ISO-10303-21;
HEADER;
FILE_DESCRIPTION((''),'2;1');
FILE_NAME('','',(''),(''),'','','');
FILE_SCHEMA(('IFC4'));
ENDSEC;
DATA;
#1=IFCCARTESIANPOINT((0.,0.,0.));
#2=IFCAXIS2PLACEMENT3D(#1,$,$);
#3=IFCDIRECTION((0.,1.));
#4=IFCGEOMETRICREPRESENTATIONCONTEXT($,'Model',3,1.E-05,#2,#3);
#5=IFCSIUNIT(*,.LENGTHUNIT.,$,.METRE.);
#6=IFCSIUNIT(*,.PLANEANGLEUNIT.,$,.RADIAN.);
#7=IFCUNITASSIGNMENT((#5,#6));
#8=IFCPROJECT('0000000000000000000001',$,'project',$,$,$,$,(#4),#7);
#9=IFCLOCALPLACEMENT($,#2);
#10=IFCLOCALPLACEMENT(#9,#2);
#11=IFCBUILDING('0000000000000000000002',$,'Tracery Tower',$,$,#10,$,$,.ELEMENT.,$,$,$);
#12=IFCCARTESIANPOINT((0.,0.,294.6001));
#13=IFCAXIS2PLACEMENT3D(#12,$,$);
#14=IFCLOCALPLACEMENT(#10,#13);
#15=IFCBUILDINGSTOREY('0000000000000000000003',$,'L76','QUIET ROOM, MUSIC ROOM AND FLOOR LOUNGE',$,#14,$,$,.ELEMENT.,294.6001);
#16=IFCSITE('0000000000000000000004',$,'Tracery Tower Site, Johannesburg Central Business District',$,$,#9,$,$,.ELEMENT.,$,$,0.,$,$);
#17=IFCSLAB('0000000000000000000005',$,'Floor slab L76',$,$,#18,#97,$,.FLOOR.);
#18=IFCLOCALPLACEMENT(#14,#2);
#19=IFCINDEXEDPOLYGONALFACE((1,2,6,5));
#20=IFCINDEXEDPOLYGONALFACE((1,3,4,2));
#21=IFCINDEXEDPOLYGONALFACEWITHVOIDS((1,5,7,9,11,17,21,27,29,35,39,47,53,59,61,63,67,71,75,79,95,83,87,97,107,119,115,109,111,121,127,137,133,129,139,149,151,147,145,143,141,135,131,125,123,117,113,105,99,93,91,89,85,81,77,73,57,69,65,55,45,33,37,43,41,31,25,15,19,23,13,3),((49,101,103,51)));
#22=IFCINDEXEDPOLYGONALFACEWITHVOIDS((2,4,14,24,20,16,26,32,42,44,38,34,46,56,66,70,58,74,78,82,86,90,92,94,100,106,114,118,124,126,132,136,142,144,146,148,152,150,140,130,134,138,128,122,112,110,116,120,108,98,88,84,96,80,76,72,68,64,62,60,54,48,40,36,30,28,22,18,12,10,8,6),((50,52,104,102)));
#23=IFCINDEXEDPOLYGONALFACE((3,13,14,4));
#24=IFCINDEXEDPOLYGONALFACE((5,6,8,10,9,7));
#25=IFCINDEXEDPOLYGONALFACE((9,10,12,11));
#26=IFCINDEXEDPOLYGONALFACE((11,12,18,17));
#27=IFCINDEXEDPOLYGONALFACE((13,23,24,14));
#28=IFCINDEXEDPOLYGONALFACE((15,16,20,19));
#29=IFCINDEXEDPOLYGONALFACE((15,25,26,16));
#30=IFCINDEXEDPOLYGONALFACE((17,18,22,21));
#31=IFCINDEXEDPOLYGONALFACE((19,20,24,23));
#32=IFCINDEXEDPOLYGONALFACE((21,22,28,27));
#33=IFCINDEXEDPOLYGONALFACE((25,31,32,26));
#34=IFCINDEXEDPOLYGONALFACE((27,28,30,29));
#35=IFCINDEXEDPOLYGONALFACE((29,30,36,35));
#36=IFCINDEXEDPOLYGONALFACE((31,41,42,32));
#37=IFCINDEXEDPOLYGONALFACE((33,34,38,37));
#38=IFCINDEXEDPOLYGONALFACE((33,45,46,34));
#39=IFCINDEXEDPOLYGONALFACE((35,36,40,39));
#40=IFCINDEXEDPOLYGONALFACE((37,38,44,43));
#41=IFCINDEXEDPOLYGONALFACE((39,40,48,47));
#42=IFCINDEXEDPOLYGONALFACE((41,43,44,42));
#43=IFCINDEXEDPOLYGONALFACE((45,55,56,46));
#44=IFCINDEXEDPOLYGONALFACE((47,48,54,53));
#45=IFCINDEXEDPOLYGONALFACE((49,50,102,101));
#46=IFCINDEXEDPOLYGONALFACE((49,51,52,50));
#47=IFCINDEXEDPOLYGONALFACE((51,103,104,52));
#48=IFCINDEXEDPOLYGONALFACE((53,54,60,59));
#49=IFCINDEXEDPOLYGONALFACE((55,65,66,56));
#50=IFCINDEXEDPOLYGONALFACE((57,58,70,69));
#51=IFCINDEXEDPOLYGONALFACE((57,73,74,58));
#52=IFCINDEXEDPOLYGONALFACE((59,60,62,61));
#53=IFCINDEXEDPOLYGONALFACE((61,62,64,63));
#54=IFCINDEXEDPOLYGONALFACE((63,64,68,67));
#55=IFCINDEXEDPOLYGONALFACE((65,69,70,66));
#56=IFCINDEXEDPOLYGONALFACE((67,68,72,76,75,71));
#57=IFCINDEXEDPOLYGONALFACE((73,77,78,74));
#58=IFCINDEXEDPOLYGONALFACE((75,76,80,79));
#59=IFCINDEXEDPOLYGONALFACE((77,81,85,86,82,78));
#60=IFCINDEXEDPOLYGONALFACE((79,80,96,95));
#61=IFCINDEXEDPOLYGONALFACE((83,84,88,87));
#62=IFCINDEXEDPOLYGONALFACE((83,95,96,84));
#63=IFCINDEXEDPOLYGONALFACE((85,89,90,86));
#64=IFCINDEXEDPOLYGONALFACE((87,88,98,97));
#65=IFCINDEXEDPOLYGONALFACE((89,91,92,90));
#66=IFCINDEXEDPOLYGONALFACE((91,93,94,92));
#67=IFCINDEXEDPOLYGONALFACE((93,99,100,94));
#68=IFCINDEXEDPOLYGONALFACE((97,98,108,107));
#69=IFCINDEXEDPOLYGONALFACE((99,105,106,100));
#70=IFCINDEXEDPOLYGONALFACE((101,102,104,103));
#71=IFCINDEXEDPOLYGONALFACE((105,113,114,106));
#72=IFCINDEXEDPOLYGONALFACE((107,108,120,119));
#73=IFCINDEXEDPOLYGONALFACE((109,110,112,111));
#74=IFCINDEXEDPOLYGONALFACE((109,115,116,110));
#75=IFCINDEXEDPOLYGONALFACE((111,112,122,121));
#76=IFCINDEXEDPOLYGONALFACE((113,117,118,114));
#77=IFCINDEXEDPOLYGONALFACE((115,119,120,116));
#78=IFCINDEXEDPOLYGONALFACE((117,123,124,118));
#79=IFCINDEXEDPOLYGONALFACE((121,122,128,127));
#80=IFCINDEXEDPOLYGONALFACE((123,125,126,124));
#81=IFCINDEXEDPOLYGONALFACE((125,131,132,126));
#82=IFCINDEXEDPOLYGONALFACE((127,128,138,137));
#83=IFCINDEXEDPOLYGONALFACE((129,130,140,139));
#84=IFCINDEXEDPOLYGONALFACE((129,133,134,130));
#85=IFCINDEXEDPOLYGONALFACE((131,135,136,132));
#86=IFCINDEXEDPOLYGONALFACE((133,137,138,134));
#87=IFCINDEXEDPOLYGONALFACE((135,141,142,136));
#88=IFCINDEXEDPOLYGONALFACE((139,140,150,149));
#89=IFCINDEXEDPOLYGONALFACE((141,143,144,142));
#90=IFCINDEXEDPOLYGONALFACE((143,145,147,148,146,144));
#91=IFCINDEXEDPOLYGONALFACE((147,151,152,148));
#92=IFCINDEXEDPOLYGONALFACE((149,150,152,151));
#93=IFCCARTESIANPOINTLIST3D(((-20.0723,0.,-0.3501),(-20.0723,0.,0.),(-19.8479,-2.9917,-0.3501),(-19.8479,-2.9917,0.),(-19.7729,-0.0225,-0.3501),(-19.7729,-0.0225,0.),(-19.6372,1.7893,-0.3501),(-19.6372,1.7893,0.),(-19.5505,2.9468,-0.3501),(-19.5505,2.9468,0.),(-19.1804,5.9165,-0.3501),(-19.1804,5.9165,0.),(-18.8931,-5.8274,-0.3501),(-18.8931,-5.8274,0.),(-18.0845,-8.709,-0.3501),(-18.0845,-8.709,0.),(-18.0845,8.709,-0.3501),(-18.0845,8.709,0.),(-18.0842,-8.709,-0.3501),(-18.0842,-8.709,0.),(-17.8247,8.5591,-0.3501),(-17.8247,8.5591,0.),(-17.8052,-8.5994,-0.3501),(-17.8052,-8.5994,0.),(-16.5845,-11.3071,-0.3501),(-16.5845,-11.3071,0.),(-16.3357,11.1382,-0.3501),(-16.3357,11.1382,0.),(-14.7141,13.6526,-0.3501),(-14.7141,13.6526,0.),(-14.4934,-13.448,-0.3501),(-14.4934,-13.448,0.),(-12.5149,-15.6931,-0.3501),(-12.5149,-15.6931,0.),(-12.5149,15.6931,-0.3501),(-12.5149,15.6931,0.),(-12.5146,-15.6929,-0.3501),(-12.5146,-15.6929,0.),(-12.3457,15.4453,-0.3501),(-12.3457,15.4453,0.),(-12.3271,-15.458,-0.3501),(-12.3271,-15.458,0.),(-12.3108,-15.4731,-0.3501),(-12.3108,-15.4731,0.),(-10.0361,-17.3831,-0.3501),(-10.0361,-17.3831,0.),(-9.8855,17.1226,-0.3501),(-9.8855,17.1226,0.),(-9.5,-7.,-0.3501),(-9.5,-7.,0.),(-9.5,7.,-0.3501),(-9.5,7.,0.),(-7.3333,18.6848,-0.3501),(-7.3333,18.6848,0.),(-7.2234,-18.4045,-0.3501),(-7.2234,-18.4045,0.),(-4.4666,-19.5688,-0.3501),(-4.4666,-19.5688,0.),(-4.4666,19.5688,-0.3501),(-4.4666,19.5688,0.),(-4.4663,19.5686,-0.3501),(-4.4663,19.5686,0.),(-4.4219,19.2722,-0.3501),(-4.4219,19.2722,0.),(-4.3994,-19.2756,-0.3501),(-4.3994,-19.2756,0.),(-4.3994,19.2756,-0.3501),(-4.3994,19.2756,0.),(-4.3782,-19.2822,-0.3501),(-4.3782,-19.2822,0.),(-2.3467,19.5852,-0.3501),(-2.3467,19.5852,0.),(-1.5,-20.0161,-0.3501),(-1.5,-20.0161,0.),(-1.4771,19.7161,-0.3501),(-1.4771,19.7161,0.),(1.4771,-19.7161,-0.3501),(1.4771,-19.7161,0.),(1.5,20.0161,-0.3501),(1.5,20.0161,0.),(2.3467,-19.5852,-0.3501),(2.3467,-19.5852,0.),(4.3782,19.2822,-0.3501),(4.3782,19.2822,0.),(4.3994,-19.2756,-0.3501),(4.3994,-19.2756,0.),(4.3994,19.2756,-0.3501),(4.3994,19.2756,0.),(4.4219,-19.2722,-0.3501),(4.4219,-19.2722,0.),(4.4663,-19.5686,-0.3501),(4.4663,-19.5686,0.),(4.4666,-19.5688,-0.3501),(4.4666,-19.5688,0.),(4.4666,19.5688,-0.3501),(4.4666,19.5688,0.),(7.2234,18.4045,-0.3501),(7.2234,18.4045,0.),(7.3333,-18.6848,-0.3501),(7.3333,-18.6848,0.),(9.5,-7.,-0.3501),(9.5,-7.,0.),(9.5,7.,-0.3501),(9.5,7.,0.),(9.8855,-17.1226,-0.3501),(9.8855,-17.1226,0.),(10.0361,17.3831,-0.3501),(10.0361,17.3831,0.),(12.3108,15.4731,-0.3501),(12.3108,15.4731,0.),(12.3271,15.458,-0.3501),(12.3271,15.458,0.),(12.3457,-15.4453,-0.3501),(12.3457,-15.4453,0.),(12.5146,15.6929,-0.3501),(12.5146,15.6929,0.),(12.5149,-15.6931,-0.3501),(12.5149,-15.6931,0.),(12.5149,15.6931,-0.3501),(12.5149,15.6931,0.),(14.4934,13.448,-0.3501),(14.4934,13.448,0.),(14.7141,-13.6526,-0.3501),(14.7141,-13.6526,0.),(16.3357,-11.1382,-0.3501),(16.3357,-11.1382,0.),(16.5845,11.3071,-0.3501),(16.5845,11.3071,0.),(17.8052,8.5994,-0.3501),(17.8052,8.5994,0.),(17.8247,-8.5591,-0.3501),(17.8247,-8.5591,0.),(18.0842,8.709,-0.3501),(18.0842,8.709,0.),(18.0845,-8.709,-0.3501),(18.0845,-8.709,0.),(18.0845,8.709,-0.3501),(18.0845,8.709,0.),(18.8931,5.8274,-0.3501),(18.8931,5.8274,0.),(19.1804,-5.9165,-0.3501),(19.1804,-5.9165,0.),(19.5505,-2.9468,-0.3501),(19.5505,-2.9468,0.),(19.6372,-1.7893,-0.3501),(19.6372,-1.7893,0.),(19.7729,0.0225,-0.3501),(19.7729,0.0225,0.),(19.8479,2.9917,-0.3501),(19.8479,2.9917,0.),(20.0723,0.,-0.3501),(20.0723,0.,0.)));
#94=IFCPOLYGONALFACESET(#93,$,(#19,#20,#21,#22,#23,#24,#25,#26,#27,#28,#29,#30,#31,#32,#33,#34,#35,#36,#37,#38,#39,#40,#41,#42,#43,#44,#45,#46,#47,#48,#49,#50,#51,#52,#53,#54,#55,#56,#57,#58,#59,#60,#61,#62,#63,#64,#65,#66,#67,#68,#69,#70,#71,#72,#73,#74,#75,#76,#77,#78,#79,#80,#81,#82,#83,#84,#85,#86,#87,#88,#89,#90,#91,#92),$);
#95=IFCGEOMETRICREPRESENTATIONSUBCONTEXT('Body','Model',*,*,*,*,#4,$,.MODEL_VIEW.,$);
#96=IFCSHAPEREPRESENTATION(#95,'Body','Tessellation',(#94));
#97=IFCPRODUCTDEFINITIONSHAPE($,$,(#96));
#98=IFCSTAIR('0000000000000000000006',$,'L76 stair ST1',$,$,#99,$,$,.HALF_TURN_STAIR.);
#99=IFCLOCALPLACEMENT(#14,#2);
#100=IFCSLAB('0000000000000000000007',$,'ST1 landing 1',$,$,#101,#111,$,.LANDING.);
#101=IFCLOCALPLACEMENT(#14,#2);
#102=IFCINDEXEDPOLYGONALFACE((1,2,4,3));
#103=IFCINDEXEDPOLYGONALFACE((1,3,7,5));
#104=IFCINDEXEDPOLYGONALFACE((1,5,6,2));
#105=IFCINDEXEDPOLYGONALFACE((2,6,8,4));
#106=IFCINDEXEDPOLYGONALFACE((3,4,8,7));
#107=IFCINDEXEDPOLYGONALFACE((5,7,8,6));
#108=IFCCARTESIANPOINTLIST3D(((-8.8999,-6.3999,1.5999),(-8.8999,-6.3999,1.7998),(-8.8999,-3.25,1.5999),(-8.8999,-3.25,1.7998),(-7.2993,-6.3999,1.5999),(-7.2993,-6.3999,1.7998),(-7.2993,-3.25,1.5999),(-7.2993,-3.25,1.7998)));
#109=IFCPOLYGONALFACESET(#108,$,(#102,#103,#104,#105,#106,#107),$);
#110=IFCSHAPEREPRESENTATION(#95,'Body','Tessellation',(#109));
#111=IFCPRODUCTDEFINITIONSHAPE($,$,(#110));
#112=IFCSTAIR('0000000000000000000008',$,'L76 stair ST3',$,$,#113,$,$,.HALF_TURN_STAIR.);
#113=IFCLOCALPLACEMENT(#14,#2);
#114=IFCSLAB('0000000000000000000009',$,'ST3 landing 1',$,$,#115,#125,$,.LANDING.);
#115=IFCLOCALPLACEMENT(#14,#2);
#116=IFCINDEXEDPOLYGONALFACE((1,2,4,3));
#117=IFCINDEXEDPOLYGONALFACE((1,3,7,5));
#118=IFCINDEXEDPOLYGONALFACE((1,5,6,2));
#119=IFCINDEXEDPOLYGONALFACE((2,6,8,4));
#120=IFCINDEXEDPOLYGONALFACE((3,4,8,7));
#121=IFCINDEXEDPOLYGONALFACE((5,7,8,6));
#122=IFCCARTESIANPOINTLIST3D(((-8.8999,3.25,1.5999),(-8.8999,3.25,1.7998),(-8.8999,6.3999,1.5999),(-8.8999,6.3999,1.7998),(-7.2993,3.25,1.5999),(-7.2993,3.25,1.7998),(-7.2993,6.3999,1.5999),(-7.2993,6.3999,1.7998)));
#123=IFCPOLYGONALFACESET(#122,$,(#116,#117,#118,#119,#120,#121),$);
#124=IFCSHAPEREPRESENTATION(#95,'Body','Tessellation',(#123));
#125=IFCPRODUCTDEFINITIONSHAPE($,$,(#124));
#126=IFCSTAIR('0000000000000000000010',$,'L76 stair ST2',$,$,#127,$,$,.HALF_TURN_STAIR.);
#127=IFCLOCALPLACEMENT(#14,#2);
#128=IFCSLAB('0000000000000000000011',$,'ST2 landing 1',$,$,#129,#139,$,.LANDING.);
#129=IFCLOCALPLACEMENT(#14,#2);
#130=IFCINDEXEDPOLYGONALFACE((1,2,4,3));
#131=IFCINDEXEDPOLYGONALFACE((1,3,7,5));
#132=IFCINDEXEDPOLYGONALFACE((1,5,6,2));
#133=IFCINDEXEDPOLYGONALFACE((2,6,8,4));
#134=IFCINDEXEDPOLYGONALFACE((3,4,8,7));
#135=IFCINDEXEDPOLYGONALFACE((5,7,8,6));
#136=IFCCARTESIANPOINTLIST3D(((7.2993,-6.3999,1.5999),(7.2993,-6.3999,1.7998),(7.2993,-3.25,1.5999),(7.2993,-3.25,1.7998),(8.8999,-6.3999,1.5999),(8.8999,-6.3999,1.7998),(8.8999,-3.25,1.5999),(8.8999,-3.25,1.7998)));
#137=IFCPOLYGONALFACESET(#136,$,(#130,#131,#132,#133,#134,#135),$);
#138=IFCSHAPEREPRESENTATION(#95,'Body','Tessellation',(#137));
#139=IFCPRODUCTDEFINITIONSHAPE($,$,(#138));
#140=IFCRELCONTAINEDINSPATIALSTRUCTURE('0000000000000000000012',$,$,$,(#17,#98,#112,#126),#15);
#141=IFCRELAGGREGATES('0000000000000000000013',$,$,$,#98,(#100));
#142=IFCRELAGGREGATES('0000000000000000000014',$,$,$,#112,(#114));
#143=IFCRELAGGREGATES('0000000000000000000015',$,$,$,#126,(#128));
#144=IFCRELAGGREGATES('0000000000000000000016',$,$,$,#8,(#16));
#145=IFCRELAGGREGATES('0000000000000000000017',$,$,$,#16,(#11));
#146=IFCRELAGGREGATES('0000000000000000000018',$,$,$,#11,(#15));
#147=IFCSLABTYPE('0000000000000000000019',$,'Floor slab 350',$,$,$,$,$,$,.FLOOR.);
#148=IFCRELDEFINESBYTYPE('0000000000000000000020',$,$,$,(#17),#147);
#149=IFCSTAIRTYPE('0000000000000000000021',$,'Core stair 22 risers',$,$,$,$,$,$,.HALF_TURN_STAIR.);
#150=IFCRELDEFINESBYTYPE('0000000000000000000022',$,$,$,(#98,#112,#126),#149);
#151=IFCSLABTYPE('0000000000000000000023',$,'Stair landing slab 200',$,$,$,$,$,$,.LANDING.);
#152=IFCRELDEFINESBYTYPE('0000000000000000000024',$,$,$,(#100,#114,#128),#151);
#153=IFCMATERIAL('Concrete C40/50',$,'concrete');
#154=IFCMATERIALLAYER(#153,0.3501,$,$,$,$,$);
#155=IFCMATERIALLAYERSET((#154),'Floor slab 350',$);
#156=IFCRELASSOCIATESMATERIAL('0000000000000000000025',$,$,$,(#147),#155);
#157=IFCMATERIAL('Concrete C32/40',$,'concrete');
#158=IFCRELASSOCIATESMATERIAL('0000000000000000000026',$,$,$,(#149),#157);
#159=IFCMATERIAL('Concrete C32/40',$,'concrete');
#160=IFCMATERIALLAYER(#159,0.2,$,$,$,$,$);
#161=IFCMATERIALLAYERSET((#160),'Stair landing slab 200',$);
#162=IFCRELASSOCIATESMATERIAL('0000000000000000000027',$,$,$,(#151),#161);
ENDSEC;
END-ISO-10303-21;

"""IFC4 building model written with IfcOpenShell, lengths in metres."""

from ifc_helpers import new_model, si_unit, direction, frame, origin, place, context, subcontext, project, spatial, polyline, outline, extrude, material, layer, layer_set, type_object, element, aggregate, save


model = new_model("IFC4")

# Units and contexts
model_context = context("Model", 3, precision=1e-05, world=origin(), true_north=direction((0.0, 1.0)))
body_context = subcontext(model_context, "Body", "Model", "MODEL_VIEW")
ifc_project = project(units=[si_unit("LENGTHUNIT", "METRE"), si_unit("PLANEANGLEUNIT", "RADIAN")], contexts=[model_context])

# Site, building, storey
site_placement = place(None, origin())
site = spatial("IfcSite", under=ifc_project, at=site_placement, Name="Tracery Tower Site, Johannesburg Central Business District", CompositionType="ELEMENT", RefElevation=0.0)
building_placement = place(site_placement, origin())
building = spatial("IfcBuilding", under=site, at=building_placement, Name="Tracery Tower", CompositionType="ELEMENT")
storey_placement = place(building_placement, frame((0.0, 0.0, 294.6001)))
storey = spatial("IfcBuildingStorey", under=building, at=storey_placement, Name="L76", Description="QUIET ROOM, MUSIC ROOM AND FLOOR LOUNGE", CompositionType="ELEMENT", Elevation=294.6001)

# Slab
ifc_material_1 = material(Name="Concrete C40/50", Category="concrete")
ifc_layer_1 = layer(ifc_material_1, 0.3501)
ifc_layer_set_1 = layer_set([ifc_layer_1], Name="Floor slab 350")
slab_type_1 = type_object("IfcSlabType", Name="Floor slab 350", PredefinedType="FLOOR", material=ifc_layer_set_1)
slab_1_placement = place(storey_placement, frame((0.0, 0.0, -0.3501)))
element("IfcSlab", 1, at=slab_1_placement, inside=storey, type_object=slab_type_1, Name="Floor slab L76", PredefinedType="FLOOR", context=body_context, shape_type="SweptSolid", body=[
    extrude(outline(polyline([(18.8931, 5.8274), (17.8052, 8.5994), (18.0842, 8.709), (18.0845, 8.709), (16.5845, 11.3071), (14.4934, 13.448), (12.3271, 15.458), (12.3271, 15.458), (12.3108, 15.4731), (12.5146, 15.6929), (12.5149, 15.6931), (10.0361, 17.3831), (7.2234, 18.4045), (4.3994, 19.2756), (4.3994, 19.2756), (4.3782, 19.2822), (4.4666, 19.5688), (1.5, 20.0161), (-1.4771, 19.7161), (-2.3467, 19.5852), (-4.3994, 19.2756), (-4.3994, 19.2756), (-4.4219, 19.2722), (-4.4663, 19.5686), (-4.4666, 19.5688), (-7.3333, 18.6848), (-9.8855, 17.1226), (-12.3457, 15.4453), (-12.5149, 15.6931), (-14.7141, 13.6526), (-16.3357, 11.1382), (-17.8247, 8.5591), (-18.0845, 8.709), (-19.1804, 5.9165), (-19.5505, 2.9468), (-19.6372, 1.7893), (-19.7729, -0.0225), (-20.0723, 0.0), (-20.0723, 0.0), (-19.8479, -2.9917), (-18.8931, -5.8274), (-17.8052, -8.5994), (-18.0842, -8.709), (-18.0845, -8.709), (-16.5845, -11.3071), (-14.4934, -13.448), (-12.3271, -15.458), (-12.3271, -15.458), (-12.3108, -15.4731), (-12.5146, -15.6929), (-12.5149, -15.6931), (-10.0361, -17.3831), (-7.2234, -18.4045), (-4.3994, -19.2756), (-4.3994, -19.2756), (-4.3782, -19.2822), (-4.4666, -19.5688), (-1.5, -20.0161), (1.4771, -19.7161), (2.3467, -19.5852), (4.3994, -19.2756), (4.3994, -19.2756), (4.4219, -19.2722), (4.4663, -19.5686), (4.4666, -19.5688), (7.3333, -18.6848), (9.8855, -17.1226), (12.3457, -15.4453), (12.5149, -15.6931), (14.7141, -13.6526), (16.3357, -11.1382), (17.8247, -8.5591), (18.0845, -8.709), (19.1804, -5.9165), (19.5505, -2.9468), (19.6372, -1.7893), (19.7729, 0.0225), (20.0723, 0.0), (19.8479, 2.9917), (18.8931, 5.8274)]), holes=[polyline([(-9.5, -7.0), (9.5, -7.0), (9.5, 7.0), (-9.5, 7.0), (-9.5, -7.0)])]), origin(), (0.0, 0.0, 1.0), 0.3501),
])

# Stairs, slabs
ifc_material_2 = material(Name="Concrete C32/40", Category="concrete")
stair_type = type_object("IfcStairType", Name="Core stair 22 risers", PredefinedType="HALF_TURN_STAIR", material=ifc_material_2)
stair_1_placement = place(storey_placement, origin())
stair_1 = element("IfcStair", 2, at=stair_1_placement, inside=storey, type_object=stair_type, Name="L76 stair ST1", PredefinedType="HALF_TURN_STAIR")
ifc_material_3 = material(Name="Concrete C32/40", Category="concrete")
ifc_layer_2 = layer(ifc_material_3, 0.2)
ifc_layer_set_2 = layer_set([ifc_layer_2], Name="Stair landing slab 200")
slab_type_2 = type_object("IfcSlabType", Name="Stair landing slab 200", PredefinedType="LANDING", material=ifc_layer_set_2)
slab_2_placement = place(storey_placement, frame((0.0, 0.0, 1.5999)))
slab_2 = element("IfcSlab", 3, at=slab_2_placement, type_object=slab_type_2, Name="ST1 landing 1", PredefinedType="LANDING", context=body_context, shape_type="SweptSolid", body=[
    extrude(outline(polyline([(-7.2993, -3.25), (-8.8999, -3.25), (-8.8999, -6.3999), (-7.2993, -6.3999), (-7.2993, -3.25)])), origin(), (0.0, 0.0, 1.0), 0.2),
])
aggregate(stair_1, [slab_2])
stair_2_placement = place(storey_placement, origin())
stair_2 = element("IfcStair", 4, at=stair_2_placement, inside=storey, type_object=stair_type, Name="L76 stair ST3", PredefinedType="HALF_TURN_STAIR")
slab_3_placement = place(storey_placement, frame((0.0, 0.0, 1.5999)))
slab_3 = element("IfcSlab", 5, at=slab_3_placement, type_object=slab_type_2, Name="ST3 landing 1", PredefinedType="LANDING", context=body_context, shape_type="SweptSolid", body=[
    extrude(outline(polyline([(-7.2993, 6.3999), (-8.8999, 6.3999), (-8.8999, 3.25), (-7.2993, 3.25), (-7.2993, 6.3999)])), origin(), (0.0, 0.0, 1.0), 0.2),
])
aggregate(stair_2, [slab_3])
stair_3_placement = place(storey_placement, origin())
stair_3 = element("IfcStair", 6, at=stair_3_placement, inside=storey, type_object=stair_type, Name="L76 stair ST2", PredefinedType="HALF_TURN_STAIR")
slab_4_placement = place(storey_placement, frame((0.0, 0.0, 1.5999)))
slab_4 = element("IfcSlab", 7, at=slab_4_placement, type_object=slab_type_2, Name="ST2 landing 1", PredefinedType="LANDING", context=body_context, shape_type="SweptSolid", body=[
    extrude(outline(polyline([(7.2993, -6.3999), (8.8999, -6.3999), (8.8999, -3.25), (7.2993, -3.25), (7.2993, -6.3999)])), origin(), (0.0, 0.0, 1.0), 0.2),
])
aggregate(stair_3, [slab_4])

save(model, "model.ifc")
